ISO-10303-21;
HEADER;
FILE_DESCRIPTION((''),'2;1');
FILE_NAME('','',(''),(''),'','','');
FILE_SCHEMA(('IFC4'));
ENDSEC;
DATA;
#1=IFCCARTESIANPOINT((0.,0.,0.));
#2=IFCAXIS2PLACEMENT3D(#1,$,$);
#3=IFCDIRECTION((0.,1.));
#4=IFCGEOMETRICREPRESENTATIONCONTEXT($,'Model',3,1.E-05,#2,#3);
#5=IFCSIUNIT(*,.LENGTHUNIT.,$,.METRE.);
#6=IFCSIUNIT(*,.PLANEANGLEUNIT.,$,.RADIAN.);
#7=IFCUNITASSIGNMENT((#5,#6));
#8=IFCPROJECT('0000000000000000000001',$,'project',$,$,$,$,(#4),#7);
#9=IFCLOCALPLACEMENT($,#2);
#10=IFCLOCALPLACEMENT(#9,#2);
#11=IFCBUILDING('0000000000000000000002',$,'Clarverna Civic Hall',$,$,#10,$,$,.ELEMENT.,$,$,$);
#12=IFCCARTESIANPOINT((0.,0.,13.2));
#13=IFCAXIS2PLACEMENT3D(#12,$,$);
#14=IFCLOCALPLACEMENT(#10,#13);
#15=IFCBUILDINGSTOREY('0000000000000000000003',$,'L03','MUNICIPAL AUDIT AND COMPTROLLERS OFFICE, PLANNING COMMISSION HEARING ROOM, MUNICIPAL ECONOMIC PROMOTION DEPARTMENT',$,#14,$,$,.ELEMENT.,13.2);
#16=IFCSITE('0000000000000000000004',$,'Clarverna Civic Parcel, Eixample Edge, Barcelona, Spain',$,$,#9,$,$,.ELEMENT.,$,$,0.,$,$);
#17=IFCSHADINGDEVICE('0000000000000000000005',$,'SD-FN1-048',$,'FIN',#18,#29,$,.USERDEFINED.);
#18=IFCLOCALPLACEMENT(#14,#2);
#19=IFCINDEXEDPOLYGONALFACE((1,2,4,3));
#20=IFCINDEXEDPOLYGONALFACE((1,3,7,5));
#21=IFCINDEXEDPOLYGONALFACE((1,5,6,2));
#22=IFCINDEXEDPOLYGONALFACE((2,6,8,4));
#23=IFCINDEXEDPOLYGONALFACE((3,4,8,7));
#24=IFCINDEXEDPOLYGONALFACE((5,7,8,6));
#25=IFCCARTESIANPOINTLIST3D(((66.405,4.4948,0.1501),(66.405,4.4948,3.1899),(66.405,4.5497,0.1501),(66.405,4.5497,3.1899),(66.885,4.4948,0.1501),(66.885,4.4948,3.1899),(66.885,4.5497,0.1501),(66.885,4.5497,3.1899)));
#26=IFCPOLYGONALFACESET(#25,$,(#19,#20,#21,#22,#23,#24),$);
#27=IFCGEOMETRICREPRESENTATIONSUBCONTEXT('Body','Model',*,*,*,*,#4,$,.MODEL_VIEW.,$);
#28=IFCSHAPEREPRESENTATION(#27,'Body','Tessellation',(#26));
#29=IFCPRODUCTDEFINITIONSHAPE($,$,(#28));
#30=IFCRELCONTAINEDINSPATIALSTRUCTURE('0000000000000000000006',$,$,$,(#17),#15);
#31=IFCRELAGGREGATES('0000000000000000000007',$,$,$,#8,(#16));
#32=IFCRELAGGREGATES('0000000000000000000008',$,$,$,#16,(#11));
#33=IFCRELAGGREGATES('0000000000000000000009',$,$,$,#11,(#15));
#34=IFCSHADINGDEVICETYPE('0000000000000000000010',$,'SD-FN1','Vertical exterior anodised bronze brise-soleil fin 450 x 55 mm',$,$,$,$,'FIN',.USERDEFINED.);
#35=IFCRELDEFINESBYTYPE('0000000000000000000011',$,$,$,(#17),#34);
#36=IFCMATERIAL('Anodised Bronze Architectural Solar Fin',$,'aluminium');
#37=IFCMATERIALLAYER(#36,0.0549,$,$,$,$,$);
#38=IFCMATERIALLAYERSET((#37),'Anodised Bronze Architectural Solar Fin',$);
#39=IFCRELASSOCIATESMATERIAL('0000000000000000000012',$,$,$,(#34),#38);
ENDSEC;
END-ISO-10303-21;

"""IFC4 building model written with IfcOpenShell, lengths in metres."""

from ifc_helpers import new_model, si_unit, direction, frame, frame_2d, origin, place, context, subcontext, project, spatial, rectangle, extrude, material, layer, layer_set, type_object, element, save


model = new_model("IFC4")

# Units and contexts
model_context = context("Model", 3, precision=1e-05, world=origin(), true_north=direction((0.0, 1.0)))
body_context = subcontext(model_context, "Body", "Model", "MODEL_VIEW")
ifc_project = project(units=[si_unit("LENGTHUNIT", "METRE"), si_unit("PLANEANGLEUNIT", "RADIAN")], contexts=[model_context])

# Site, building, storey
site_placement = place(None, origin())
site = spatial("IfcSite", under=ifc_project, at=site_placement, Name="Clarverna Civic Parcel, Eixample Edge, Barcelona, Spain", CompositionType="ELEMENT", RefElevation=0.0)
building_placement = place(site_placement, origin())
building = spatial("IfcBuilding", under=site, at=building_placement, Name="Clarverna Civic Hall", CompositionType="ELEMENT")
storey_placement = place(building_placement, frame((0.0, 0.0, 13.2)))
storey = spatial("IfcBuildingStorey", under=building, at=storey_placement, Name="L03", Description="MUNICIPAL AUDIT AND COMPTROLLERS OFFICE, PLANNING COMMISSION HEARING ROOM, MUNICIPAL ECONOMIC PROMOTION DEPARTMENT", CompositionType="ELEMENT", Elevation=13.2)

# Shading device
ifc_material_1 = material(Name="Anodised Bronze Architectural Solar Fin", Category="aluminium")
ifc_layer_1 = layer(ifc_material_1, 0.0549)
ifc_layer_set_1 = layer_set([ifc_layer_1], Name="Anodised Bronze Architectural Solar Fin")
shading_device_type = type_object("IfcShadingDeviceType", Name="SD-FN1", Description="Vertical exterior anodised bronze brise-soleil fin 450 x 55 mm", ElementType="FIN", PredefinedType="USERDEFINED", material=ifc_layer_set_1)
shading_device_placement = place(storey_placement, frame((66.405, 4.5222, 0.1501), z_axis=(0.0, 0.0, 1.0), x_axis=(1.0, 0.0, 0.0)))
element("IfcShadingDevice", 1, at=shading_device_placement, inside=storey, type_object=shading_device_type, Name="SD-FN1-048", ObjectType="FIN", PredefinedType="USERDEFINED", context=body_context, shape_type="SweptSolid", body=[
    extrude(rectangle(XDim=0.48, YDim=0.0549, at=frame_2d((0.24, 0.0))), origin(), (0.0, 0.0, 1.0), 3.0398),
])

save(model, "model.ifc")
